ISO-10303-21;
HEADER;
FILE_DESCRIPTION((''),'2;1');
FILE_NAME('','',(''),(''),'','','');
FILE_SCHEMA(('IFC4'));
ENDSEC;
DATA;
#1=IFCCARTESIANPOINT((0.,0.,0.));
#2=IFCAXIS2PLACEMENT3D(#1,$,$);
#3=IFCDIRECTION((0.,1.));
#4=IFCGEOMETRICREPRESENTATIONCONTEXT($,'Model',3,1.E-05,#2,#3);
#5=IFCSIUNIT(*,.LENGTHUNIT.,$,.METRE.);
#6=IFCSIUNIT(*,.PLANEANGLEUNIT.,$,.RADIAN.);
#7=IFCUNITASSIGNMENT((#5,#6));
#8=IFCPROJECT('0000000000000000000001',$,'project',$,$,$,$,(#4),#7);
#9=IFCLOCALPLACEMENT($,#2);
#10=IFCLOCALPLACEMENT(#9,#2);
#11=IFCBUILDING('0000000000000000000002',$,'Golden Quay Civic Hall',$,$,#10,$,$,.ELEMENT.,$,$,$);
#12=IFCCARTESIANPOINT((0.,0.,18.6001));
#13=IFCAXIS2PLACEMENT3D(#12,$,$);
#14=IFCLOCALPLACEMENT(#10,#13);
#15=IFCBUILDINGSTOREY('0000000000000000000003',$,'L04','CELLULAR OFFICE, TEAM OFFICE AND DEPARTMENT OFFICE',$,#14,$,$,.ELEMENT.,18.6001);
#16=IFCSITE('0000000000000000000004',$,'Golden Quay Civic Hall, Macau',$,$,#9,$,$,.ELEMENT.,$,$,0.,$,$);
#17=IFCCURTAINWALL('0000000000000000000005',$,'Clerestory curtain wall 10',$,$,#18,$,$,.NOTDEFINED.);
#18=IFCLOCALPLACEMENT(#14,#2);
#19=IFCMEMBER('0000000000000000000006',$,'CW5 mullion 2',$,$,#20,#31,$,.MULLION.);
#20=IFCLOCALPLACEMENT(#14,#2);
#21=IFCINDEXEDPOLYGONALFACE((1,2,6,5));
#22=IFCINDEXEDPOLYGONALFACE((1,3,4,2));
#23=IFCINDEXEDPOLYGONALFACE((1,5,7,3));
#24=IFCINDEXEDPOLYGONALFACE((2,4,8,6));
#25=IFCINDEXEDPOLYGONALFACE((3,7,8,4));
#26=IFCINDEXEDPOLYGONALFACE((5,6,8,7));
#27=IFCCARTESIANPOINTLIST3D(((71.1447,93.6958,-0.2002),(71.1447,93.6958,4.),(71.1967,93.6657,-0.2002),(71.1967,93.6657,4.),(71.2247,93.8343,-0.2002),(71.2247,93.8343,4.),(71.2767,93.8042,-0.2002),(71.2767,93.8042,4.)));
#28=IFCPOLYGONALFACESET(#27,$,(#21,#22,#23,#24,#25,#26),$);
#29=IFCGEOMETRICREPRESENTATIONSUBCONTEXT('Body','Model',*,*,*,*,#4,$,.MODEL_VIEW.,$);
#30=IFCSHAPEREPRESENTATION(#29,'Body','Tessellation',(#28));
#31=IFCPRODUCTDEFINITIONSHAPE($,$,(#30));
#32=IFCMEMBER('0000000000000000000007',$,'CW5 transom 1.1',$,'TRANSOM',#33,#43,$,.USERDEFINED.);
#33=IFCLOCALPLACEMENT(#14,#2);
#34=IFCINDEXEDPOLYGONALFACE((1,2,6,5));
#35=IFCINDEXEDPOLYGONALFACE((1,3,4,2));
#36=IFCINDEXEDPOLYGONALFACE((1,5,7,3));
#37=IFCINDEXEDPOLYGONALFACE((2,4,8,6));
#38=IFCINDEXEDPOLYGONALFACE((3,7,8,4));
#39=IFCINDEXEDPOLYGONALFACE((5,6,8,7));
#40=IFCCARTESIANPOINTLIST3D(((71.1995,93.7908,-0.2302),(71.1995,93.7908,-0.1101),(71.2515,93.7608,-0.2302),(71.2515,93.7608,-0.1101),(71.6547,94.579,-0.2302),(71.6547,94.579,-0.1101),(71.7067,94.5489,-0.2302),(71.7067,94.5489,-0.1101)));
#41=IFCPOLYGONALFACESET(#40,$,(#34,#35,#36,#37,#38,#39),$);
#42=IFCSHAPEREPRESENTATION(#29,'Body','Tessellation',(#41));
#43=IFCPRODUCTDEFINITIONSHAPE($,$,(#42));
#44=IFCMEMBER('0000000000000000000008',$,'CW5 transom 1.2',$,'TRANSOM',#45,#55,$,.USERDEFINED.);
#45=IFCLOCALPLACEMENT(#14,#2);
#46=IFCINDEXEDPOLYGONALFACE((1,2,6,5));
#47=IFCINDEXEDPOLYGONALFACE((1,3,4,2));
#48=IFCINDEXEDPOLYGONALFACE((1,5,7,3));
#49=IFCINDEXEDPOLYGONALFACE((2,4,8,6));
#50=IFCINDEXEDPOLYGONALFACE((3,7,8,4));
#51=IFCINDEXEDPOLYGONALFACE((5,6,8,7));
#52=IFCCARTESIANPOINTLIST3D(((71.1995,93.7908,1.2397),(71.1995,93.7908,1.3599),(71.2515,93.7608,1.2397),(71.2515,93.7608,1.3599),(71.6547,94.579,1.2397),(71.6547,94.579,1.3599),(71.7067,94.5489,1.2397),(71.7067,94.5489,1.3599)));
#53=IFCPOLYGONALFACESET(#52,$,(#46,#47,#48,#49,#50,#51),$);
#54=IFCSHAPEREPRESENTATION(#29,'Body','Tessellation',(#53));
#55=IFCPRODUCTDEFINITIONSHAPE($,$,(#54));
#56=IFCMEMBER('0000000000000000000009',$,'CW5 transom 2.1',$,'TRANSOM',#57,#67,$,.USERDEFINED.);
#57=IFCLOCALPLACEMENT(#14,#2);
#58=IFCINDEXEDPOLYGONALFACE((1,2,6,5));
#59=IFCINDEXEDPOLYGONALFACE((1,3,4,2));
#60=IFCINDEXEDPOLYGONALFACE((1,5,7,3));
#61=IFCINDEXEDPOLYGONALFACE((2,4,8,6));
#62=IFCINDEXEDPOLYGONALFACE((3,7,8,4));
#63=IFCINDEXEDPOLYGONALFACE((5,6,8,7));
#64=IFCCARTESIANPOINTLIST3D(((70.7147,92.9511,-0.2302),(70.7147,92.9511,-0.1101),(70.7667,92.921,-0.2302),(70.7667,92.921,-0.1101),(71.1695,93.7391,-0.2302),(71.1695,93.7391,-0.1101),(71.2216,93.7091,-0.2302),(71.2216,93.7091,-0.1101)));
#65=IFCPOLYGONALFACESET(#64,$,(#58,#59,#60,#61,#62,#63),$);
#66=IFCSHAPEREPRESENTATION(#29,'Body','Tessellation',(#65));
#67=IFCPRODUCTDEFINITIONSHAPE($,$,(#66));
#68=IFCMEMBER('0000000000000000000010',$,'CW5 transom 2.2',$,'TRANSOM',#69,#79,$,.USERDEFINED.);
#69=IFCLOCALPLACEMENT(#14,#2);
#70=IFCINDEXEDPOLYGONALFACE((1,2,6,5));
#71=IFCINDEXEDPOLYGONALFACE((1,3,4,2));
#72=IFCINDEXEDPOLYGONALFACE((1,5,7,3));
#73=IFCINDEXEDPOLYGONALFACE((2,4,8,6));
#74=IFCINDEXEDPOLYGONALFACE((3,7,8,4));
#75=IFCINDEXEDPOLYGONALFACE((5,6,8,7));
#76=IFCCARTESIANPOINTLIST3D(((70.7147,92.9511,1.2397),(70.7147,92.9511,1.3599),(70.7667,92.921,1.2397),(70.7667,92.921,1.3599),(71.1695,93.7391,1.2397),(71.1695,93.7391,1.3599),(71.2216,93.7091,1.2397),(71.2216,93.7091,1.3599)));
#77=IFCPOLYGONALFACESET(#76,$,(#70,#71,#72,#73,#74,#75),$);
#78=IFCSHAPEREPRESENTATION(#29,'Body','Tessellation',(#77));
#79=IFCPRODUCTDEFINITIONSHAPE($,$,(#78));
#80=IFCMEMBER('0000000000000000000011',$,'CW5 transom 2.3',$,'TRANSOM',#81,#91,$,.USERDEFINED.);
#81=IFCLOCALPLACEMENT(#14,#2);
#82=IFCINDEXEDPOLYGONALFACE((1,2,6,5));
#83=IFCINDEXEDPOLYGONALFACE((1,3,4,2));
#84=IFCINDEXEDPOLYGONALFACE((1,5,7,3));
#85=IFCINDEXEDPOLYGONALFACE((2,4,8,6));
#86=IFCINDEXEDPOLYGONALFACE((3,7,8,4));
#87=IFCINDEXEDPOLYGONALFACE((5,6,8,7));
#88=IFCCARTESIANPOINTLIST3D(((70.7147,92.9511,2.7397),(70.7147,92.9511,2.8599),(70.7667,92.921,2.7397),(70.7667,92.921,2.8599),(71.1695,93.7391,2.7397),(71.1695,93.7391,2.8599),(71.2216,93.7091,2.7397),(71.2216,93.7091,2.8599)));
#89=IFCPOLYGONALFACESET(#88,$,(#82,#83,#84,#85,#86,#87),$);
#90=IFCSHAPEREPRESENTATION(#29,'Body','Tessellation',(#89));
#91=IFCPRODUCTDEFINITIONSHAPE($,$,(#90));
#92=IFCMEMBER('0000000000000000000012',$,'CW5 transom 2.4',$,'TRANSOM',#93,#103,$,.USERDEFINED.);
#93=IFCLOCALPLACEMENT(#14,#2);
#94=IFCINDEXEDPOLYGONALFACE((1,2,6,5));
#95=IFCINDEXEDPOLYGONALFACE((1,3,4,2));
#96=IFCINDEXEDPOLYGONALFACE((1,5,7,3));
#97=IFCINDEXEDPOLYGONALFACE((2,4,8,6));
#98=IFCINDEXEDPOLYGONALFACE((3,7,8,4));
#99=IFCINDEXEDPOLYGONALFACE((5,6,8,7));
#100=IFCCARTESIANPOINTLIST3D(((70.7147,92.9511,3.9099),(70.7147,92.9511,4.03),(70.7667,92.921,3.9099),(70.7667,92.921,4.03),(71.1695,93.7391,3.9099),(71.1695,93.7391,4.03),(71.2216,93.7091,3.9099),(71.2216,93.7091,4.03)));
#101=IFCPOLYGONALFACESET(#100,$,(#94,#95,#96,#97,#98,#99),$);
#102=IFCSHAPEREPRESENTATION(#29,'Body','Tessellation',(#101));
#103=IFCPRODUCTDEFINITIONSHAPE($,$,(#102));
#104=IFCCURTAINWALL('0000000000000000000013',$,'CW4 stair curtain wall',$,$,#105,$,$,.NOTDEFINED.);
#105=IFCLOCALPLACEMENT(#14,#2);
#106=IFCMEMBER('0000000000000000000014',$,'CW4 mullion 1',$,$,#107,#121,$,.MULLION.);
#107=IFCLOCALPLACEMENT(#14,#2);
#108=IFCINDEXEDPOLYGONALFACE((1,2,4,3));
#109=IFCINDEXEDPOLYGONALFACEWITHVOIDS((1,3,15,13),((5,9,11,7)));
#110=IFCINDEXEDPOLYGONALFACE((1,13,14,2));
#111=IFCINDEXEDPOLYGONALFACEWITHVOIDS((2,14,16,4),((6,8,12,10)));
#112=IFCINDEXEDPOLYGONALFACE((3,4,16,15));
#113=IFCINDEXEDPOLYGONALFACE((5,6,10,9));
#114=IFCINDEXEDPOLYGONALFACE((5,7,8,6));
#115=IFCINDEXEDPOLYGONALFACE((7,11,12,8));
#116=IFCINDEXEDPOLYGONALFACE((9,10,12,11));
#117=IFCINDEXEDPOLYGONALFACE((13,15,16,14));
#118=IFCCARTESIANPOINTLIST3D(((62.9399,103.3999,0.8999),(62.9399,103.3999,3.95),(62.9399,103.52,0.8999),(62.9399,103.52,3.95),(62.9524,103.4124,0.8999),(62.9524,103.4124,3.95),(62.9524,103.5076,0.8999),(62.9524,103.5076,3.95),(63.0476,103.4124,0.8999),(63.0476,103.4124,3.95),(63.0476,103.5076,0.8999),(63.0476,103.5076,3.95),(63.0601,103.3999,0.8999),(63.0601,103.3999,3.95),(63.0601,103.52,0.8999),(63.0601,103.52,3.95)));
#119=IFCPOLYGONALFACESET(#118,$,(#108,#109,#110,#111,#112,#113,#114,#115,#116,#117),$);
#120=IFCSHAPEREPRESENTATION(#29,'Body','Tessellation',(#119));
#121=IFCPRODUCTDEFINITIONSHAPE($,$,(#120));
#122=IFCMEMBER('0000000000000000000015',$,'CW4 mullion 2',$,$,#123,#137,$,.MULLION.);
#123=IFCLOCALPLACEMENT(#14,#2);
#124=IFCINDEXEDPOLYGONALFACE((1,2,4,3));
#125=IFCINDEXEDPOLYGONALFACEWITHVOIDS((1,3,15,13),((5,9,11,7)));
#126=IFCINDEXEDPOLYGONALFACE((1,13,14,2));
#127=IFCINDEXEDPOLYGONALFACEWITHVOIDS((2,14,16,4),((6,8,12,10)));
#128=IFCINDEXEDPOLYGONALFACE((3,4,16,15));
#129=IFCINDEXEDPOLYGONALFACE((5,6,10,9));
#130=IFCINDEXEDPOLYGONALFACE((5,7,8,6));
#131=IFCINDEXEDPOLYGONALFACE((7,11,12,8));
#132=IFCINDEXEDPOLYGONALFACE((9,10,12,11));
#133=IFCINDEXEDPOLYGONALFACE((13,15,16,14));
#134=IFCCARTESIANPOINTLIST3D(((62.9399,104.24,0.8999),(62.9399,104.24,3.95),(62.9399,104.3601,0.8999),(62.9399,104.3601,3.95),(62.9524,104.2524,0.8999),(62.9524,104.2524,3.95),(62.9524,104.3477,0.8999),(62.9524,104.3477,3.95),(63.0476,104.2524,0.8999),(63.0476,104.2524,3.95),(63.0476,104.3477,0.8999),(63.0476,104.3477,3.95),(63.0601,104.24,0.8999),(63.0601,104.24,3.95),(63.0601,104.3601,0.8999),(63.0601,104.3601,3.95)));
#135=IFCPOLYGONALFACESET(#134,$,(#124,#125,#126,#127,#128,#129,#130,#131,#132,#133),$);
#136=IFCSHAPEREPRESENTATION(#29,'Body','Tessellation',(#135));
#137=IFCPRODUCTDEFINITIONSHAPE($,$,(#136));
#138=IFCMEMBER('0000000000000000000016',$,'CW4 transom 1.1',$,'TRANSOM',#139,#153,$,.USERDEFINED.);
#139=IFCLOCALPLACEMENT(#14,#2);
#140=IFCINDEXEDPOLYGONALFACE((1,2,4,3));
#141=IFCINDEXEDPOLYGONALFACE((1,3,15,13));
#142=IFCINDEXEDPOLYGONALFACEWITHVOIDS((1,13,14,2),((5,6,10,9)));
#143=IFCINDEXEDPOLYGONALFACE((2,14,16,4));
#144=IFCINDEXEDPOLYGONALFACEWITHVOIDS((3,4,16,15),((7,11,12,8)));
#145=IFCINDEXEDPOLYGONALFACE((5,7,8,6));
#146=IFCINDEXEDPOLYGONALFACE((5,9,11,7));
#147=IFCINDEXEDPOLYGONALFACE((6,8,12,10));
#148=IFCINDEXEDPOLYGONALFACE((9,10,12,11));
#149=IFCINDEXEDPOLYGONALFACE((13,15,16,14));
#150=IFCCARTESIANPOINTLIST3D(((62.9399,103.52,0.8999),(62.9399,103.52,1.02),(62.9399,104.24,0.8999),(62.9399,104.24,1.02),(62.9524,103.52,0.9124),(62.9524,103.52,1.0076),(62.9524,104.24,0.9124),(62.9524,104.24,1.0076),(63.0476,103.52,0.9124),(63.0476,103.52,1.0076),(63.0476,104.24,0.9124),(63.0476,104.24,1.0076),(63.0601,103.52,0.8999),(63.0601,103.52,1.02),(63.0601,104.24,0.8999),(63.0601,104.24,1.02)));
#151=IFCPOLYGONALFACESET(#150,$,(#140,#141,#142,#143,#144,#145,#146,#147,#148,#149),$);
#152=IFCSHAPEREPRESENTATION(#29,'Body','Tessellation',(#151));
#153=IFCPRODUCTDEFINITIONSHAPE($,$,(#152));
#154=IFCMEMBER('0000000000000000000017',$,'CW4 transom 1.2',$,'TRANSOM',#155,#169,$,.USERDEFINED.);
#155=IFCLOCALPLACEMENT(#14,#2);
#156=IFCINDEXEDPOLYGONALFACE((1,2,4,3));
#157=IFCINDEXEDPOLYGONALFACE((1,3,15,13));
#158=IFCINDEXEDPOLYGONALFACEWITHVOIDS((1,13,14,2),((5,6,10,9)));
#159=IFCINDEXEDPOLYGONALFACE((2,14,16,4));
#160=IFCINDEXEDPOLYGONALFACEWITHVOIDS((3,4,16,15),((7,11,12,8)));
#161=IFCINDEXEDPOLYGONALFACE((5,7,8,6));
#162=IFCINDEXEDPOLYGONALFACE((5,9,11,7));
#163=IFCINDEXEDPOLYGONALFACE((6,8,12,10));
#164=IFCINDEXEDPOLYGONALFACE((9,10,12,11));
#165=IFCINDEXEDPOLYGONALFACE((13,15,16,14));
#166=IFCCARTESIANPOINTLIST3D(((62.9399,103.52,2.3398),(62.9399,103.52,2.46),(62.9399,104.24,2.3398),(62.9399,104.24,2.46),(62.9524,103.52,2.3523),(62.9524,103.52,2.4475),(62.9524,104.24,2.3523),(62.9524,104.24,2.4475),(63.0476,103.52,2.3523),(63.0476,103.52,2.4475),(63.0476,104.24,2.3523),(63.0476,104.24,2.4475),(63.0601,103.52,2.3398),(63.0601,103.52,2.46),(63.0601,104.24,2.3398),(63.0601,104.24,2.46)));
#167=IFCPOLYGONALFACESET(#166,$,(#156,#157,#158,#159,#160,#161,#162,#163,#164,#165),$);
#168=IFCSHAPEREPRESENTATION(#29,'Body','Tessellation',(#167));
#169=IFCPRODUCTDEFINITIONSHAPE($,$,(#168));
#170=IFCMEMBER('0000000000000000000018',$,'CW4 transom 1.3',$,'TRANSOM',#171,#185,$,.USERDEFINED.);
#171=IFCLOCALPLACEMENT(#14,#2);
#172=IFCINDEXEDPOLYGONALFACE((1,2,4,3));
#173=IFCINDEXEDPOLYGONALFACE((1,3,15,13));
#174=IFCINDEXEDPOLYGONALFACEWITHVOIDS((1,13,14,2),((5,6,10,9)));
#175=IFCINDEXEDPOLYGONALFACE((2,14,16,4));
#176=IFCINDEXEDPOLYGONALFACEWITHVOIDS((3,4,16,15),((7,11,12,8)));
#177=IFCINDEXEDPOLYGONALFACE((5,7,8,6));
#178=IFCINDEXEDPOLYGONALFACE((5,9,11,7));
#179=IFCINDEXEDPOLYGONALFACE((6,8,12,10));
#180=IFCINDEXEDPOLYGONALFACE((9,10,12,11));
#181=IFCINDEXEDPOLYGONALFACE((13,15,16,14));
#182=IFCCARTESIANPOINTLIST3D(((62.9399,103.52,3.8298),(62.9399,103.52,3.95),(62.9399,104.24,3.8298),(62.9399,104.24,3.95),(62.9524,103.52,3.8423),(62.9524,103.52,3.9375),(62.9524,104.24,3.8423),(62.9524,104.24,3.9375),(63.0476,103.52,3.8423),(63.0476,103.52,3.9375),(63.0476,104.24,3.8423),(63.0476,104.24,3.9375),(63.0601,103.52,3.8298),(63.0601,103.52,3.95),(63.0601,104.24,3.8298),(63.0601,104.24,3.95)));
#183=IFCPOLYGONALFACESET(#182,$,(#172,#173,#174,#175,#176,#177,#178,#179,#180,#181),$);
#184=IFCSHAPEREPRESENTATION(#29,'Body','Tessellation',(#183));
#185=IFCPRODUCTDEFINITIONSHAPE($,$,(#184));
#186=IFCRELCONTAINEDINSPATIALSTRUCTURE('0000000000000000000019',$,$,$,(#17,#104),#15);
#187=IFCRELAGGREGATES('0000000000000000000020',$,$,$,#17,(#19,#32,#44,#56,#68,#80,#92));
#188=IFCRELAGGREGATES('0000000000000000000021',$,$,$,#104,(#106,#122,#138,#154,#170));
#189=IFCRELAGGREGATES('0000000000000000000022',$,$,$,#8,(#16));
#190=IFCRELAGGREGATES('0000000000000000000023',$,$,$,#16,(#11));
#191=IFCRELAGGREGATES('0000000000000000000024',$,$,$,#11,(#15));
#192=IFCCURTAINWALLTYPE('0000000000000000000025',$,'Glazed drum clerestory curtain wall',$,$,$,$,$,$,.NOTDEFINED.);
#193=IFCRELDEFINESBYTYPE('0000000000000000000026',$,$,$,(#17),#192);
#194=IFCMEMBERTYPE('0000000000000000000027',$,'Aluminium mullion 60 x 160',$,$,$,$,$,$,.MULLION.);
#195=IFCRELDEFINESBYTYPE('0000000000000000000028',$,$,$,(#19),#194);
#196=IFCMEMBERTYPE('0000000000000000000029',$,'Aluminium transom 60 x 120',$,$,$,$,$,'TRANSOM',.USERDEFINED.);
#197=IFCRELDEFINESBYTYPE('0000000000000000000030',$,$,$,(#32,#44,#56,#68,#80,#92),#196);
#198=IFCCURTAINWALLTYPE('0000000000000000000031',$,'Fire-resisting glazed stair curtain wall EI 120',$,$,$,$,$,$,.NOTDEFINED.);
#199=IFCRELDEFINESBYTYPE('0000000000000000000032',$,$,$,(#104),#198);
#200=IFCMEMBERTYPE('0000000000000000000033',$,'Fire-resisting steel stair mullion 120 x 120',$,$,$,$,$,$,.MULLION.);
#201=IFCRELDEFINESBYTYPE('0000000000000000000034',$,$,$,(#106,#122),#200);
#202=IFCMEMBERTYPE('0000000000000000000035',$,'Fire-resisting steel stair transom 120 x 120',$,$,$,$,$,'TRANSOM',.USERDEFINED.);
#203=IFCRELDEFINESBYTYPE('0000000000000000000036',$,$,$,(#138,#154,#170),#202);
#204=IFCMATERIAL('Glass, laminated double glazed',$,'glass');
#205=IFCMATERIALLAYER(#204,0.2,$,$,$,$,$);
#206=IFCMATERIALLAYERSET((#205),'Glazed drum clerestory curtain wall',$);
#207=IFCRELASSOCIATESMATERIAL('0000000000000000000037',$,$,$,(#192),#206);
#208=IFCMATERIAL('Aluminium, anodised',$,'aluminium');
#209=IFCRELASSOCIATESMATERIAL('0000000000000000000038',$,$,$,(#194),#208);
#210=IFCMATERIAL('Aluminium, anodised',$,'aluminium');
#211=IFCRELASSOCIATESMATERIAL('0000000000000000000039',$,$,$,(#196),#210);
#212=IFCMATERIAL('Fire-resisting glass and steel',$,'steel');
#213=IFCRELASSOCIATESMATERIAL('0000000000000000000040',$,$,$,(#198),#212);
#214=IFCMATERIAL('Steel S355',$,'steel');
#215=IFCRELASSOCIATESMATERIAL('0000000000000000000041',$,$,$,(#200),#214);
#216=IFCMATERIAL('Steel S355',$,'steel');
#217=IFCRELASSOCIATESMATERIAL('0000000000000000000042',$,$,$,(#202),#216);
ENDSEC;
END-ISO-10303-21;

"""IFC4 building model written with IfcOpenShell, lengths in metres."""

from ifc_helpers import new_model, si_unit, direction, frame, origin, origin_2d, place, context, subcontext, project, spatial, rectangle, hollow_rectangle, extrude, material, layer, layer_set, material_profile, profile_set, type_object, element, aggregate, save


model = new_model("IFC4")

# Units and contexts
model_context = context("Model", 3, precision=1e-05, world=origin(), true_north=direction((0.0, 1.0)))
body_context = subcontext(model_context, "Body", "Model", "MODEL_VIEW")
ifc_project = project(units=[si_unit("LENGTHUNIT", "METRE"), si_unit("PLANEANGLEUNIT", "RADIAN")], contexts=[model_context])

# Site, building, storey
site_placement = place(None, origin())
site = spatial("IfcSite", under=ifc_project, at=site_placement, Name="Golden Quay Civic Hall, Macau", CompositionType="ELEMENT", RefElevation=0.0)
building_placement = place(site_placement, origin())
building = spatial("IfcBuilding", under=site, at=building_placement, Name="Golden Quay Civic Hall", CompositionType="ELEMENT")
storey_placement = place(building_placement, frame((0.0, 0.0, 18.6001)))
storey = spatial("IfcBuildingStorey", under=building, at=storey_placement, Name="L04", Description="CELLULAR OFFICE, TEAM OFFICE AND DEPARTMENT OFFICE", CompositionType="ELEMENT", Elevation=18.6001)

# Curtain walls, members
ifc_material_1 = material(Name="Glass, laminated double glazed", Category="glass")
ifc_layer_1 = layer(ifc_material_1, 0.2)
ifc_layer_set_1 = layer_set([ifc_layer_1], Name="Glazed drum clerestory curtain wall")
curtain_wall_type_1 = type_object("IfcCurtainWallType", Name="Glazed drum clerestory curtain wall", PredefinedType="NOTDEFINED", material=ifc_layer_set_1)
curtain_wall_1_placement = place(storey_placement, origin())
curtain_wall_1 = element("IfcCurtainWall", 1, at=curtain_wall_1_placement, inside=storey, type_object=curtain_wall_type_1, Name="Clerestory curtain wall 10", PredefinedType="NOTDEFINED")
ifc_material_2 = material(Name="Aluminium, anodised", Category="aluminium")
ifc_material_profile_1 = material_profile(ifc_material_2, rectangle(XDim=0.0601, YDim=0.1599, at=origin_2d()), Name="Aluminium 60 x 160")
ifc_profile_set_1 = profile_set([ifc_material_profile_1], Name="Aluminium, anodised")
member_type_1 = type_object("IfcMemberType", Name="Aluminium mullion 60 x 160", PredefinedType="MULLION", material=ifc_profile_set_1)
member_1_placement = place(storey_placement, frame((71.2107, 93.75, -0.2002), z_axis=(0.0, 0.0, 1.0), x_axis=(0.866019, -0.500011, 0.0)))
member_1 = element("IfcMember", 2, at=member_1_placement, type_object=member_type_1, Name="CW5 mullion 2", PredefinedType="MULLION", context=body_context, shape_type="SweptSolid", body=[
    extrude(rectangle(XDim=0.0601, YDim=0.1599, at=origin_2d()), origin(), (0.0, 0.0, 1.0), 4.2002),
])
ifc_material_3 = material(Name="Aluminium, anodised", Category="aluminium")
ifc_material_profile_2 = material_profile(ifc_material_3, rectangle(XDim=0.0601, YDim=0.1201, at=origin_2d()), Name="Aluminium 60 x 120")
ifc_profile_set_2 = profile_set([ifc_material_profile_2], Name="Aluminium, anodised")
member_type_2 = type_object("IfcMemberType", Name="Aluminium transom 60 x 120", ElementType="TRANSOM", PredefinedType="USERDEFINED", material=ifc_profile_set_2)
member_2_placement = place(storey_placement, frame((71.6807, 94.564, -0.1702), z_axis=(-0.500063, -0.865989, 0.0), x_axis=(0.865989, -0.500063, 0.0)))
member_2 = element("IfcMember", 3, at=member_2_placement, type_object=member_type_2, Name="CW5 transom 1.1", ObjectType="TRANSOM", PredefinedType="USERDEFINED", context=body_context, shape_type="SweptSolid", body=[
    extrude(rectangle(XDim=0.0601, YDim=0.1201, at=origin_2d()), origin(), (0.0, 0.0, 1.0), 0.9102),
])
member_3_placement = place(storey_placement, frame((71.6807, 94.564, 1.2998), z_axis=(-0.500063, -0.865989, 0.0), x_axis=(0.865989, -0.500063, 0.0)))
member_3 = element("IfcMember", 4, at=member_3_placement, type_object=member_type_2, Name="CW5 transom 1.2", ObjectType="TRANSOM", PredefinedType="USERDEFINED", context=body_context, shape_type="SweptSolid", body=[
    extrude(rectangle(XDim=0.0601, YDim=0.1201, at=origin_2d()), origin(), (0.0, 0.0, 1.0), 0.9102),
])
member_4_placement = place(storey_placement, frame((71.1956, 93.7241, -0.1702), z_axis=(-0.499862, -0.866105, 0.0), x_axis=(0.866105, -0.499862, 0.0)))
member_4 = element("IfcMember", 5, at=member_4_placement, type_object=member_type_2, Name="CW5 transom 2.1", ObjectType="TRANSOM", PredefinedType="USERDEFINED", context=body_context, shape_type="SweptSolid", body=[
    extrude(rectangle(XDim=0.0601, YDim=0.1201, at=origin_2d()), origin(), (0.0, 0.0, 1.0), 0.9099),
])
member_5_placement = place(storey_placement, frame((71.1956, 93.7241, 1.2998), z_axis=(-0.499862, -0.866105, 0.0), x_axis=(0.866105, -0.499862, 0.0)))
member_5 = element("IfcMember", 6, at=member_5_placement, type_object=member_type_2, Name="CW5 transom 2.2", ObjectType="TRANSOM", PredefinedType="USERDEFINED", context=body_context, shape_type="SweptSolid", body=[
    extrude(rectangle(XDim=0.0601, YDim=0.1201, at=origin_2d()), origin(), (0.0, 0.0, 1.0), 0.9099),
])
member_6_placement = place(storey_placement, frame((71.1956, 93.7241, 2.7998), z_axis=(-0.499862, -0.866105, 0.0), x_axis=(0.866105, -0.499862, 0.0)))
member_6 = element("IfcMember", 7, at=member_6_placement, type_object=member_type_2, Name="CW5 transom 2.3", ObjectType="TRANSOM", PredefinedType="USERDEFINED", context=body_context, shape_type="SweptSolid", body=[
    extrude(rectangle(XDim=0.0601, YDim=0.1201, at=origin_2d()), origin(), (0.0, 0.0, 1.0), 0.9099),
])
member_7_placement = place(storey_placement, frame((71.1956, 93.7241, 3.97), z_axis=(-0.499862, -0.866105, 0.0), x_axis=(0.866105, -0.499862, 0.0)))
member_7 = element("IfcMember", 8, at=member_7_placement, type_object=member_type_2, Name="CW5 transom 2.4", ObjectType="TRANSOM", PredefinedType="USERDEFINED", context=body_context, shape_type="SweptSolid", body=[
    extrude(rectangle(XDim=0.0601, YDim=0.1201, at=origin_2d()), origin(), (0.0, 0.0, 1.0), 0.9099),
])
ifc_material_4 = material(Name="Fire-resisting glass and steel", Category="steel")
curtain_wall_type_2 = type_object("IfcCurtainWallType", Name="Fire-resisting glazed stair curtain wall EI 120", PredefinedType="NOTDEFINED", material=ifc_material_4)
curtain_wall_2_placement = place(storey_placement, origin())
curtain_wall_2 = element("IfcCurtainWall", 9, at=curtain_wall_2_placement, inside=storey, type_object=curtain_wall_type_2, Name="CW4 stair curtain wall", PredefinedType="NOTDEFINED")
ifc_material_5 = material(Name="Steel S355", Category="steel")
ifc_material_profile_3 = material_profile(ifc_material_5, hollow_rectangle(XDim=0.1201, YDim=0.1201, WallThickness=0.0125, at=origin_2d()), Name="SHS 120x120x12.5")
ifc_profile_set_3 = profile_set([ifc_material_profile_3], Name="Steel S355")
member_type_3 = type_object("IfcMemberType", Name="Fire-resisting steel stair mullion 120 x 120", PredefinedType="MULLION", material=ifc_profile_set_3)
member_8_placement = place(storey_placement, frame((63.0, 103.46, 0.8999), z_axis=(0.0, 0.0, 1.0), x_axis=(-1.0, 0.0, 0.0)))
member_8 = element("IfcMember", 10, at=member_8_placement, type_object=member_type_3, Name="CW4 mullion 1", PredefinedType="MULLION", context=body_context, shape_type="SweptSolid", body=[
    extrude(hollow_rectangle(XDim=0.1201, YDim=0.1201, WallThickness=0.0125, at=origin_2d()), origin(), (0.0, 0.0, 1.0), 3.05),
])
member_9_placement = place(storey_placement, frame((63.0, 104.3, 0.8999), z_axis=(0.0, 0.0, 1.0), x_axis=(-1.0, 0.0, 0.0)))
member_9 = element("IfcMember", 11, at=member_9_placement, type_object=member_type_3, Name="CW4 mullion 2", PredefinedType="MULLION", context=body_context, shape_type="SweptSolid", body=[
    extrude(hollow_rectangle(XDim=0.1201, YDim=0.1201, WallThickness=0.0125, at=origin_2d()), origin(), (0.0, 0.0, 1.0), 3.05),
])
ifc_material_6 = material(Name="Steel S355", Category="steel")
ifc_material_profile_4 = material_profile(ifc_material_6, hollow_rectangle(XDim=0.1201, YDim=0.1201, WallThickness=0.0125, at=origin_2d()), Name="SHS 120x120x12.5")
ifc_profile_set_4 = profile_set([ifc_material_profile_4], Name="Steel S355")
member_type_4 = type_object("IfcMemberType", Name="Fire-resisting steel stair transom 120 x 120", ElementType="TRANSOM", PredefinedType="USERDEFINED", material=ifc_profile_set_4)
member_10_placement = place(storey_placement, frame((63.0, 103.52, 0.96), z_axis=(0.0, 1.0, 0.0), x_axis=(-1.0, 0.0, 0.0)))
member_10 = element("IfcMember", 12, at=member_10_placement, type_object=member_type_4, Name="CW4 transom 1.1", ObjectType="TRANSOM", PredefinedType="USERDEFINED", context=body_context, shape_type="SweptSolid", body=[
    extrude(hollow_rectangle(XDim=0.1201, YDim=0.1201, WallThickness=0.0125, at=origin_2d()), origin(), (0.0, 0.0, 1.0), 0.72),
])
member_11_placement = place(storey_placement, frame((63.0, 103.52, 2.3999), z_axis=(0.0, 1.0, 0.0), x_axis=(-1.0, 0.0, 0.0)))
member_11 = element("IfcMember", 13, at=member_11_placement, type_object=member_type_4, Name="CW4 transom 1.2", ObjectType="TRANSOM", PredefinedType="USERDEFINED", context=body_context, shape_type="SweptSolid", body=[
    extrude(hollow_rectangle(XDim=0.1201, YDim=0.1201, WallThickness=0.0125, at=origin_2d()), origin(), (0.0, 0.0, 1.0), 0.72),
])
member_12_placement = place(storey_placement, frame((63.0, 103.52, 3.8899), z_axis=(0.0, 1.0, 0.0), x_axis=(-1.0, 0.0, 0.0)))
member_12 = element("IfcMember", 14, at=member_12_placement, type_object=member_type_4, Name="CW4 transom 1.3", ObjectType="TRANSOM", PredefinedType="USERDEFINED", context=body_context, shape_type="SweptSolid", body=[
    extrude(hollow_rectangle(XDim=0.1201, YDim=0.1201, WallThickness=0.0125, at=origin_2d()), origin(), (0.0, 0.0, 1.0), 0.72),
])

aggregate(curtain_wall_1, [member_1, member_2, member_3, member_4, member_5, member_6, member_7])
aggregate(curtain_wall_2, [member_8, member_9, member_10, member_11, member_12])

save(model, "model.ifc")
